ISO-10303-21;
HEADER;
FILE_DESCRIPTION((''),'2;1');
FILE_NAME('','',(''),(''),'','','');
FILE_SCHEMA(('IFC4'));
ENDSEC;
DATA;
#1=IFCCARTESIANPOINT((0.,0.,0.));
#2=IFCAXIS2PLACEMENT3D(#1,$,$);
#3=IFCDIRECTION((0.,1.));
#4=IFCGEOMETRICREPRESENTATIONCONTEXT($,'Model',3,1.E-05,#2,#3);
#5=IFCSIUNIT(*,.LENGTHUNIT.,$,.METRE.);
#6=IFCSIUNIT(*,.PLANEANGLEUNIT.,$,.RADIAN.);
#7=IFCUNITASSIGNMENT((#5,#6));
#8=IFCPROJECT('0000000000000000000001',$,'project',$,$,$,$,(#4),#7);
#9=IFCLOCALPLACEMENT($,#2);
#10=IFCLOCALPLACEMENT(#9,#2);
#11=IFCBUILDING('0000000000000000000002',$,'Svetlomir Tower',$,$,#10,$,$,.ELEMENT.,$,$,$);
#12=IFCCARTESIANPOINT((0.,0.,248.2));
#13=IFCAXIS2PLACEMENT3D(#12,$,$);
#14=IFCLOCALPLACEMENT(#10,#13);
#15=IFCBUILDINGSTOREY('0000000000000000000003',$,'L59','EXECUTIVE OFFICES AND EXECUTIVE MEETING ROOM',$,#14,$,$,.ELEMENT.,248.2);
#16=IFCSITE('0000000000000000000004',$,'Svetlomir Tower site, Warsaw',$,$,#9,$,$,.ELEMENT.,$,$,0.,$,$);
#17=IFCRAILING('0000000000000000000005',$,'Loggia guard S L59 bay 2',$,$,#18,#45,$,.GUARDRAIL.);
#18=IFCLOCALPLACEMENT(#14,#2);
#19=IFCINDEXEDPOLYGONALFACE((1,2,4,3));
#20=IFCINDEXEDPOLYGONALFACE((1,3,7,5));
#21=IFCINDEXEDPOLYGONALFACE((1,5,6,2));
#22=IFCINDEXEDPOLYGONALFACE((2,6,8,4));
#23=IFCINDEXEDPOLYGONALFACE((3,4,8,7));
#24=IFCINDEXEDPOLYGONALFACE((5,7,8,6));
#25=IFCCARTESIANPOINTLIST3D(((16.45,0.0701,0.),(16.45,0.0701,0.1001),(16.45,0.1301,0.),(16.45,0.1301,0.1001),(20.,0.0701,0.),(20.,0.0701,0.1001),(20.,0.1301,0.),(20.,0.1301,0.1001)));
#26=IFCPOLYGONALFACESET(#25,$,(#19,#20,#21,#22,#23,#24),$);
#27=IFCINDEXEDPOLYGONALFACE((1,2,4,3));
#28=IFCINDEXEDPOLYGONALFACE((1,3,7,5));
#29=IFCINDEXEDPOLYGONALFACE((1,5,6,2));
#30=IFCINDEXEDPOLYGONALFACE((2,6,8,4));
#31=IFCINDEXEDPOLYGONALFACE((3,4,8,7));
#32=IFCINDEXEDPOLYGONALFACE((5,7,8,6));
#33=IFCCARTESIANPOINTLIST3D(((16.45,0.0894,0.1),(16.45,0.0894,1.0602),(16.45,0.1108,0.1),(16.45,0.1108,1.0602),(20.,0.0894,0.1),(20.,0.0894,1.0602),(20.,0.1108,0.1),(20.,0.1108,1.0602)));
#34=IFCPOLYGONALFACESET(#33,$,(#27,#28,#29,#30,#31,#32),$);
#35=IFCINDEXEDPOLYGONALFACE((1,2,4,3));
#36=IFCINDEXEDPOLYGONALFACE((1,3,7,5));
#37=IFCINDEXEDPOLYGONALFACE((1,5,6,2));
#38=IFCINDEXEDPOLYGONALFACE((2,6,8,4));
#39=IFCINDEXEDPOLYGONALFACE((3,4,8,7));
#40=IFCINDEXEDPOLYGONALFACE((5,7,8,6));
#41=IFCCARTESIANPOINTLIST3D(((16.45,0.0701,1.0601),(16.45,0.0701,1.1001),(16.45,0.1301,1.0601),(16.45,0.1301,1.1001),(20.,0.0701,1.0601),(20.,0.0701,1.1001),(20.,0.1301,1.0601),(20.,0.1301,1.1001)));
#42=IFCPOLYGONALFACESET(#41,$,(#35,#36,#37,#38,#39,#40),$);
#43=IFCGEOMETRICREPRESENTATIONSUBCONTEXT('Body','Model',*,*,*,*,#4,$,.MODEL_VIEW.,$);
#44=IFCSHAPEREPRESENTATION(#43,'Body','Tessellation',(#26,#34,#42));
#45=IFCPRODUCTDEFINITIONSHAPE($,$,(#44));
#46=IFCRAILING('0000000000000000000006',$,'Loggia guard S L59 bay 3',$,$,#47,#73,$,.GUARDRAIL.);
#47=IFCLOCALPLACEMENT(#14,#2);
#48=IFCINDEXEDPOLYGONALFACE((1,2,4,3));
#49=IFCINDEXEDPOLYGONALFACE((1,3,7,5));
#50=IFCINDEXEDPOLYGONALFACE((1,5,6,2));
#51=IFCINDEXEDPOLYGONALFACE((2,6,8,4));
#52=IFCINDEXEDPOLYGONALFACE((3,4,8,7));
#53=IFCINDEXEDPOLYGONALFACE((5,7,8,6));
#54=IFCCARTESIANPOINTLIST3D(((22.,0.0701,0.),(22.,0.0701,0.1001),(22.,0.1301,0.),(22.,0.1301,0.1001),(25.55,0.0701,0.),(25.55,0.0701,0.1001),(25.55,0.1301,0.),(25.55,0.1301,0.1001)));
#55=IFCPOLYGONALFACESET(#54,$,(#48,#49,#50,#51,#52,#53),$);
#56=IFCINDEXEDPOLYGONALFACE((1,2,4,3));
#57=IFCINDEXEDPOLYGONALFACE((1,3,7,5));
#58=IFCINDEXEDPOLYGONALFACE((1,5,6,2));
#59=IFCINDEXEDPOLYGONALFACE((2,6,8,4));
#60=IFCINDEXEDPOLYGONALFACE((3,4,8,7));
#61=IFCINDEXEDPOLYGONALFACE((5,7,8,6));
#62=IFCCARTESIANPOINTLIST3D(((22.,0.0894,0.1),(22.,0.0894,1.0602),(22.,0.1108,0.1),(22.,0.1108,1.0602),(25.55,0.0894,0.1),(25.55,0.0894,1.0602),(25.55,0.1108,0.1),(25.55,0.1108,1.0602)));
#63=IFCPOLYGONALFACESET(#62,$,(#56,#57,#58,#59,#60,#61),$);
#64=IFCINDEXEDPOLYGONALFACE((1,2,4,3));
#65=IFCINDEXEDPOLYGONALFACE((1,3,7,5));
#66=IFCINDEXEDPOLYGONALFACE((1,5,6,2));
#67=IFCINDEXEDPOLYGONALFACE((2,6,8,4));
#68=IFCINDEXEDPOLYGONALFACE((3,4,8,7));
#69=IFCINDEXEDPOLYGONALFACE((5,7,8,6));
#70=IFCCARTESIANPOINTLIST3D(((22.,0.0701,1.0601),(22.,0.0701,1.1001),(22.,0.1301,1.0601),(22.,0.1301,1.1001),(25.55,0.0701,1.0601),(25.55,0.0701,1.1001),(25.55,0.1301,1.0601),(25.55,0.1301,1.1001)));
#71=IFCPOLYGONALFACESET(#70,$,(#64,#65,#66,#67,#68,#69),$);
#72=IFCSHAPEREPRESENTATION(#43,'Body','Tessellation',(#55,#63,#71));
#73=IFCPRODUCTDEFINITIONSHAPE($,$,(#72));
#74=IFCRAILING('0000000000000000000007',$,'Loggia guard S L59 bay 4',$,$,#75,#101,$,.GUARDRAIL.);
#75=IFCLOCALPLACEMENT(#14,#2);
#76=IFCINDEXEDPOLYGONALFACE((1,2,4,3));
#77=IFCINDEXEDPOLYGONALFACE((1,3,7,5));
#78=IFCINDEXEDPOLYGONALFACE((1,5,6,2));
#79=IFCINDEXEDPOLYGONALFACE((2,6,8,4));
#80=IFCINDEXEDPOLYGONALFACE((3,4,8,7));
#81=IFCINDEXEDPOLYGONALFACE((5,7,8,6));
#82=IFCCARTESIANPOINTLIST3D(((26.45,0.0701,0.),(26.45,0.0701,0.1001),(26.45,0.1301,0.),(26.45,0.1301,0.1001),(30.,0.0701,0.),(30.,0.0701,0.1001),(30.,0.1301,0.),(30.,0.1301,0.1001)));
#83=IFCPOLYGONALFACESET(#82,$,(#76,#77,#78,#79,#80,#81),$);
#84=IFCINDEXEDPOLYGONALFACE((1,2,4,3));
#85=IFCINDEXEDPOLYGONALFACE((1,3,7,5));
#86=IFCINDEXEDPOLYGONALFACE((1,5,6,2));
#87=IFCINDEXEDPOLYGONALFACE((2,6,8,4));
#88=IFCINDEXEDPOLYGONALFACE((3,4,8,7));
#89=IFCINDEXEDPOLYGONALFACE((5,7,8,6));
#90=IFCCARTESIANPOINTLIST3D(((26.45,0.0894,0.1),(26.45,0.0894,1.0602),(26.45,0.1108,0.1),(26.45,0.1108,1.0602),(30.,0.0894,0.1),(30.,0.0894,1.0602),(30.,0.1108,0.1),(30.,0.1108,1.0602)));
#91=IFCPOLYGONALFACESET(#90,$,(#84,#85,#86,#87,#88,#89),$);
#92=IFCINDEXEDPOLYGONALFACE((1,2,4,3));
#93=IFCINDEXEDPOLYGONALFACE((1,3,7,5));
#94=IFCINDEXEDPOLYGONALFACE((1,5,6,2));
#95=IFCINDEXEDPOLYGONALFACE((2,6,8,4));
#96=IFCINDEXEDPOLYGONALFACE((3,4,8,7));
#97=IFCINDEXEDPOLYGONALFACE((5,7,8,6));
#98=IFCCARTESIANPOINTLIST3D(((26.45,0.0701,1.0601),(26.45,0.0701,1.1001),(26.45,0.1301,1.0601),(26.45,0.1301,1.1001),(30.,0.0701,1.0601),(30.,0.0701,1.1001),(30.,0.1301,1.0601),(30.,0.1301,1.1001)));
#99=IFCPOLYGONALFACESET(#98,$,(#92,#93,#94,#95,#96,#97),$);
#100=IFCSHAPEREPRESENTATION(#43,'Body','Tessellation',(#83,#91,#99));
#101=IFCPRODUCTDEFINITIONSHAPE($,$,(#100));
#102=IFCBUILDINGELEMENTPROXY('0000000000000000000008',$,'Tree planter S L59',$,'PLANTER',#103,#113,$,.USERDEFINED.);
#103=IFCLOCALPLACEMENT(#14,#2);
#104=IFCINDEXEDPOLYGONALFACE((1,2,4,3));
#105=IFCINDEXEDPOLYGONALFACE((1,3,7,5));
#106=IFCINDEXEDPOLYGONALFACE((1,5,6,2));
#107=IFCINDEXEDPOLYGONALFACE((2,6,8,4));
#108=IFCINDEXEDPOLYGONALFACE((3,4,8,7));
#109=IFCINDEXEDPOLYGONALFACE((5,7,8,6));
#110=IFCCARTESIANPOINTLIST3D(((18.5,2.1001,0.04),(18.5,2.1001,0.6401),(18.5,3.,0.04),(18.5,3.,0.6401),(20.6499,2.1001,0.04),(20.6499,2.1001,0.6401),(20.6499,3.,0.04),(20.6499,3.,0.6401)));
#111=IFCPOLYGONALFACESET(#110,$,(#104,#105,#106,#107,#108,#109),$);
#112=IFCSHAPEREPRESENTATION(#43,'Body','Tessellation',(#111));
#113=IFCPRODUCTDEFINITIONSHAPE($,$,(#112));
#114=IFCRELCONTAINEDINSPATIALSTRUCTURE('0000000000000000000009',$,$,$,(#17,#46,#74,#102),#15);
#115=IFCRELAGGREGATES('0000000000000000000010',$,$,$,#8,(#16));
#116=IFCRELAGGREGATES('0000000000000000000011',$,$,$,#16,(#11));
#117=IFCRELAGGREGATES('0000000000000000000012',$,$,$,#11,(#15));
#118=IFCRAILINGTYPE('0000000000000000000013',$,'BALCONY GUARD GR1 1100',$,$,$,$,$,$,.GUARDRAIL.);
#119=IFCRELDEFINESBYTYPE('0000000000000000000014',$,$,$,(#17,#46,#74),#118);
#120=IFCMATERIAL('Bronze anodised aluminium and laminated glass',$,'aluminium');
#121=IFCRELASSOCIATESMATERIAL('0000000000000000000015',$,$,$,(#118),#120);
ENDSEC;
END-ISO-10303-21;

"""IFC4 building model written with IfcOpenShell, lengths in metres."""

from ifc_helpers import new_model, si_unit, direction, frame, origin, origin_2d, place, context, subcontext, project, spatial, rectangle, extrude, material, type_object, element, save


model = new_model("IFC4")

# Units and contexts
model_context = context("Model", 3, precision=1e-05, world=origin(), true_north=direction((0.0, 1.0)))
body_context = subcontext(model_context, "Body", "Model", "MODEL_VIEW")
ifc_project = project(units=[si_unit("LENGTHUNIT", "METRE"), si_unit("PLANEANGLEUNIT", "RADIAN")], contexts=[model_context])

# Site, building, storey
site_placement = place(None, origin())
site = spatial("IfcSite", under=ifc_project, at=site_placement, Name="Svetlomir Tower site, Warsaw", CompositionType="ELEMENT", RefElevation=0.0)
building_placement = place(site_placement, origin())
building = spatial("IfcBuilding", under=site, at=building_placement, Name="Svetlomir Tower", CompositionType="ELEMENT")
storey_placement = place(building_placement, frame((0.0, 0.0, 248.2)))
storey = spatial("IfcBuildingStorey", under=building, at=storey_placement, Name="L59", Description="EXECUTIVE OFFICES AND EXECUTIVE MEETING ROOM", CompositionType="ELEMENT", Elevation=248.2)

# Railings
ifc_material_1 = material(Name="Bronze anodised aluminium and laminated glass", Category="aluminium")
railing_type = type_object("IfcRailingType", Name="BALCONY GUARD GR1 1100", PredefinedType="GUARDRAIL", material=ifc_material_1)
for number, where, name in (
    (1, (16.45, 0.1001, 0.0), "Loggia guard S L59 bay 2"),
    (2, (22.0, 0.1001, 0.0), "Loggia guard S L59 bay 3"),
    (3, (26.45, 0.1001, 0.0), "Loggia guard S L59 bay 4"),
):
    element("IfcRailing", number, at=place(storey_placement, frame(where)), inside=storey, type_object=railing_type, Name=name, PredefinedType="GUARDRAIL", context=body_context, shape_type="SweptSolid", body=[
        extrude(rectangle(XDim=0.0601, YDim=0.1001, at=origin_2d()), frame((0.0, 0.0, 0.05), z_axis=(1.0, 0.0, 0.0), x_axis=(0.0, 1.0, 0.0)), (0.0, 0.0, 1.0), 3.55),
        extrude(rectangle(XDim=0.0215, YDim=0.9602, at=origin_2d()), frame((0.0, 0.0, 0.5801), z_axis=(1.0, 0.0, 0.0), x_axis=(0.0, 1.0, 0.0)), (0.0, 0.0, 1.0), 3.55),
        extrude(rectangle(XDim=0.0601, YDim=0.04, at=origin_2d()), frame((0.0, 0.0, 1.0801), z_axis=(1.0, 0.0, 0.0), x_axis=(0.0, 1.0, 0.0)), (0.0, 0.0, 1.0), 3.55),
    ])

# Building element proxy
proxy_placement = place(storey_placement, frame((19.575, 2.55, 0.04), z_axis=(0.0, 0.0, 1.0), x_axis=(1.0, 0.0, 0.0)))
element("IfcBuildingElementProxy", 4, at=proxy_placement, inside=storey, Name="Tree planter S L59", ObjectType="PLANTER", PredefinedType="USERDEFINED", context=body_context, shape_type="SweptSolid", body=[
    extrude(rectangle(XDim=2.1499, YDim=0.8999, at=origin_2d()), origin(), (0.0, 0.0, 1.0), 0.6001),
])

save(model, "model.ifc")
